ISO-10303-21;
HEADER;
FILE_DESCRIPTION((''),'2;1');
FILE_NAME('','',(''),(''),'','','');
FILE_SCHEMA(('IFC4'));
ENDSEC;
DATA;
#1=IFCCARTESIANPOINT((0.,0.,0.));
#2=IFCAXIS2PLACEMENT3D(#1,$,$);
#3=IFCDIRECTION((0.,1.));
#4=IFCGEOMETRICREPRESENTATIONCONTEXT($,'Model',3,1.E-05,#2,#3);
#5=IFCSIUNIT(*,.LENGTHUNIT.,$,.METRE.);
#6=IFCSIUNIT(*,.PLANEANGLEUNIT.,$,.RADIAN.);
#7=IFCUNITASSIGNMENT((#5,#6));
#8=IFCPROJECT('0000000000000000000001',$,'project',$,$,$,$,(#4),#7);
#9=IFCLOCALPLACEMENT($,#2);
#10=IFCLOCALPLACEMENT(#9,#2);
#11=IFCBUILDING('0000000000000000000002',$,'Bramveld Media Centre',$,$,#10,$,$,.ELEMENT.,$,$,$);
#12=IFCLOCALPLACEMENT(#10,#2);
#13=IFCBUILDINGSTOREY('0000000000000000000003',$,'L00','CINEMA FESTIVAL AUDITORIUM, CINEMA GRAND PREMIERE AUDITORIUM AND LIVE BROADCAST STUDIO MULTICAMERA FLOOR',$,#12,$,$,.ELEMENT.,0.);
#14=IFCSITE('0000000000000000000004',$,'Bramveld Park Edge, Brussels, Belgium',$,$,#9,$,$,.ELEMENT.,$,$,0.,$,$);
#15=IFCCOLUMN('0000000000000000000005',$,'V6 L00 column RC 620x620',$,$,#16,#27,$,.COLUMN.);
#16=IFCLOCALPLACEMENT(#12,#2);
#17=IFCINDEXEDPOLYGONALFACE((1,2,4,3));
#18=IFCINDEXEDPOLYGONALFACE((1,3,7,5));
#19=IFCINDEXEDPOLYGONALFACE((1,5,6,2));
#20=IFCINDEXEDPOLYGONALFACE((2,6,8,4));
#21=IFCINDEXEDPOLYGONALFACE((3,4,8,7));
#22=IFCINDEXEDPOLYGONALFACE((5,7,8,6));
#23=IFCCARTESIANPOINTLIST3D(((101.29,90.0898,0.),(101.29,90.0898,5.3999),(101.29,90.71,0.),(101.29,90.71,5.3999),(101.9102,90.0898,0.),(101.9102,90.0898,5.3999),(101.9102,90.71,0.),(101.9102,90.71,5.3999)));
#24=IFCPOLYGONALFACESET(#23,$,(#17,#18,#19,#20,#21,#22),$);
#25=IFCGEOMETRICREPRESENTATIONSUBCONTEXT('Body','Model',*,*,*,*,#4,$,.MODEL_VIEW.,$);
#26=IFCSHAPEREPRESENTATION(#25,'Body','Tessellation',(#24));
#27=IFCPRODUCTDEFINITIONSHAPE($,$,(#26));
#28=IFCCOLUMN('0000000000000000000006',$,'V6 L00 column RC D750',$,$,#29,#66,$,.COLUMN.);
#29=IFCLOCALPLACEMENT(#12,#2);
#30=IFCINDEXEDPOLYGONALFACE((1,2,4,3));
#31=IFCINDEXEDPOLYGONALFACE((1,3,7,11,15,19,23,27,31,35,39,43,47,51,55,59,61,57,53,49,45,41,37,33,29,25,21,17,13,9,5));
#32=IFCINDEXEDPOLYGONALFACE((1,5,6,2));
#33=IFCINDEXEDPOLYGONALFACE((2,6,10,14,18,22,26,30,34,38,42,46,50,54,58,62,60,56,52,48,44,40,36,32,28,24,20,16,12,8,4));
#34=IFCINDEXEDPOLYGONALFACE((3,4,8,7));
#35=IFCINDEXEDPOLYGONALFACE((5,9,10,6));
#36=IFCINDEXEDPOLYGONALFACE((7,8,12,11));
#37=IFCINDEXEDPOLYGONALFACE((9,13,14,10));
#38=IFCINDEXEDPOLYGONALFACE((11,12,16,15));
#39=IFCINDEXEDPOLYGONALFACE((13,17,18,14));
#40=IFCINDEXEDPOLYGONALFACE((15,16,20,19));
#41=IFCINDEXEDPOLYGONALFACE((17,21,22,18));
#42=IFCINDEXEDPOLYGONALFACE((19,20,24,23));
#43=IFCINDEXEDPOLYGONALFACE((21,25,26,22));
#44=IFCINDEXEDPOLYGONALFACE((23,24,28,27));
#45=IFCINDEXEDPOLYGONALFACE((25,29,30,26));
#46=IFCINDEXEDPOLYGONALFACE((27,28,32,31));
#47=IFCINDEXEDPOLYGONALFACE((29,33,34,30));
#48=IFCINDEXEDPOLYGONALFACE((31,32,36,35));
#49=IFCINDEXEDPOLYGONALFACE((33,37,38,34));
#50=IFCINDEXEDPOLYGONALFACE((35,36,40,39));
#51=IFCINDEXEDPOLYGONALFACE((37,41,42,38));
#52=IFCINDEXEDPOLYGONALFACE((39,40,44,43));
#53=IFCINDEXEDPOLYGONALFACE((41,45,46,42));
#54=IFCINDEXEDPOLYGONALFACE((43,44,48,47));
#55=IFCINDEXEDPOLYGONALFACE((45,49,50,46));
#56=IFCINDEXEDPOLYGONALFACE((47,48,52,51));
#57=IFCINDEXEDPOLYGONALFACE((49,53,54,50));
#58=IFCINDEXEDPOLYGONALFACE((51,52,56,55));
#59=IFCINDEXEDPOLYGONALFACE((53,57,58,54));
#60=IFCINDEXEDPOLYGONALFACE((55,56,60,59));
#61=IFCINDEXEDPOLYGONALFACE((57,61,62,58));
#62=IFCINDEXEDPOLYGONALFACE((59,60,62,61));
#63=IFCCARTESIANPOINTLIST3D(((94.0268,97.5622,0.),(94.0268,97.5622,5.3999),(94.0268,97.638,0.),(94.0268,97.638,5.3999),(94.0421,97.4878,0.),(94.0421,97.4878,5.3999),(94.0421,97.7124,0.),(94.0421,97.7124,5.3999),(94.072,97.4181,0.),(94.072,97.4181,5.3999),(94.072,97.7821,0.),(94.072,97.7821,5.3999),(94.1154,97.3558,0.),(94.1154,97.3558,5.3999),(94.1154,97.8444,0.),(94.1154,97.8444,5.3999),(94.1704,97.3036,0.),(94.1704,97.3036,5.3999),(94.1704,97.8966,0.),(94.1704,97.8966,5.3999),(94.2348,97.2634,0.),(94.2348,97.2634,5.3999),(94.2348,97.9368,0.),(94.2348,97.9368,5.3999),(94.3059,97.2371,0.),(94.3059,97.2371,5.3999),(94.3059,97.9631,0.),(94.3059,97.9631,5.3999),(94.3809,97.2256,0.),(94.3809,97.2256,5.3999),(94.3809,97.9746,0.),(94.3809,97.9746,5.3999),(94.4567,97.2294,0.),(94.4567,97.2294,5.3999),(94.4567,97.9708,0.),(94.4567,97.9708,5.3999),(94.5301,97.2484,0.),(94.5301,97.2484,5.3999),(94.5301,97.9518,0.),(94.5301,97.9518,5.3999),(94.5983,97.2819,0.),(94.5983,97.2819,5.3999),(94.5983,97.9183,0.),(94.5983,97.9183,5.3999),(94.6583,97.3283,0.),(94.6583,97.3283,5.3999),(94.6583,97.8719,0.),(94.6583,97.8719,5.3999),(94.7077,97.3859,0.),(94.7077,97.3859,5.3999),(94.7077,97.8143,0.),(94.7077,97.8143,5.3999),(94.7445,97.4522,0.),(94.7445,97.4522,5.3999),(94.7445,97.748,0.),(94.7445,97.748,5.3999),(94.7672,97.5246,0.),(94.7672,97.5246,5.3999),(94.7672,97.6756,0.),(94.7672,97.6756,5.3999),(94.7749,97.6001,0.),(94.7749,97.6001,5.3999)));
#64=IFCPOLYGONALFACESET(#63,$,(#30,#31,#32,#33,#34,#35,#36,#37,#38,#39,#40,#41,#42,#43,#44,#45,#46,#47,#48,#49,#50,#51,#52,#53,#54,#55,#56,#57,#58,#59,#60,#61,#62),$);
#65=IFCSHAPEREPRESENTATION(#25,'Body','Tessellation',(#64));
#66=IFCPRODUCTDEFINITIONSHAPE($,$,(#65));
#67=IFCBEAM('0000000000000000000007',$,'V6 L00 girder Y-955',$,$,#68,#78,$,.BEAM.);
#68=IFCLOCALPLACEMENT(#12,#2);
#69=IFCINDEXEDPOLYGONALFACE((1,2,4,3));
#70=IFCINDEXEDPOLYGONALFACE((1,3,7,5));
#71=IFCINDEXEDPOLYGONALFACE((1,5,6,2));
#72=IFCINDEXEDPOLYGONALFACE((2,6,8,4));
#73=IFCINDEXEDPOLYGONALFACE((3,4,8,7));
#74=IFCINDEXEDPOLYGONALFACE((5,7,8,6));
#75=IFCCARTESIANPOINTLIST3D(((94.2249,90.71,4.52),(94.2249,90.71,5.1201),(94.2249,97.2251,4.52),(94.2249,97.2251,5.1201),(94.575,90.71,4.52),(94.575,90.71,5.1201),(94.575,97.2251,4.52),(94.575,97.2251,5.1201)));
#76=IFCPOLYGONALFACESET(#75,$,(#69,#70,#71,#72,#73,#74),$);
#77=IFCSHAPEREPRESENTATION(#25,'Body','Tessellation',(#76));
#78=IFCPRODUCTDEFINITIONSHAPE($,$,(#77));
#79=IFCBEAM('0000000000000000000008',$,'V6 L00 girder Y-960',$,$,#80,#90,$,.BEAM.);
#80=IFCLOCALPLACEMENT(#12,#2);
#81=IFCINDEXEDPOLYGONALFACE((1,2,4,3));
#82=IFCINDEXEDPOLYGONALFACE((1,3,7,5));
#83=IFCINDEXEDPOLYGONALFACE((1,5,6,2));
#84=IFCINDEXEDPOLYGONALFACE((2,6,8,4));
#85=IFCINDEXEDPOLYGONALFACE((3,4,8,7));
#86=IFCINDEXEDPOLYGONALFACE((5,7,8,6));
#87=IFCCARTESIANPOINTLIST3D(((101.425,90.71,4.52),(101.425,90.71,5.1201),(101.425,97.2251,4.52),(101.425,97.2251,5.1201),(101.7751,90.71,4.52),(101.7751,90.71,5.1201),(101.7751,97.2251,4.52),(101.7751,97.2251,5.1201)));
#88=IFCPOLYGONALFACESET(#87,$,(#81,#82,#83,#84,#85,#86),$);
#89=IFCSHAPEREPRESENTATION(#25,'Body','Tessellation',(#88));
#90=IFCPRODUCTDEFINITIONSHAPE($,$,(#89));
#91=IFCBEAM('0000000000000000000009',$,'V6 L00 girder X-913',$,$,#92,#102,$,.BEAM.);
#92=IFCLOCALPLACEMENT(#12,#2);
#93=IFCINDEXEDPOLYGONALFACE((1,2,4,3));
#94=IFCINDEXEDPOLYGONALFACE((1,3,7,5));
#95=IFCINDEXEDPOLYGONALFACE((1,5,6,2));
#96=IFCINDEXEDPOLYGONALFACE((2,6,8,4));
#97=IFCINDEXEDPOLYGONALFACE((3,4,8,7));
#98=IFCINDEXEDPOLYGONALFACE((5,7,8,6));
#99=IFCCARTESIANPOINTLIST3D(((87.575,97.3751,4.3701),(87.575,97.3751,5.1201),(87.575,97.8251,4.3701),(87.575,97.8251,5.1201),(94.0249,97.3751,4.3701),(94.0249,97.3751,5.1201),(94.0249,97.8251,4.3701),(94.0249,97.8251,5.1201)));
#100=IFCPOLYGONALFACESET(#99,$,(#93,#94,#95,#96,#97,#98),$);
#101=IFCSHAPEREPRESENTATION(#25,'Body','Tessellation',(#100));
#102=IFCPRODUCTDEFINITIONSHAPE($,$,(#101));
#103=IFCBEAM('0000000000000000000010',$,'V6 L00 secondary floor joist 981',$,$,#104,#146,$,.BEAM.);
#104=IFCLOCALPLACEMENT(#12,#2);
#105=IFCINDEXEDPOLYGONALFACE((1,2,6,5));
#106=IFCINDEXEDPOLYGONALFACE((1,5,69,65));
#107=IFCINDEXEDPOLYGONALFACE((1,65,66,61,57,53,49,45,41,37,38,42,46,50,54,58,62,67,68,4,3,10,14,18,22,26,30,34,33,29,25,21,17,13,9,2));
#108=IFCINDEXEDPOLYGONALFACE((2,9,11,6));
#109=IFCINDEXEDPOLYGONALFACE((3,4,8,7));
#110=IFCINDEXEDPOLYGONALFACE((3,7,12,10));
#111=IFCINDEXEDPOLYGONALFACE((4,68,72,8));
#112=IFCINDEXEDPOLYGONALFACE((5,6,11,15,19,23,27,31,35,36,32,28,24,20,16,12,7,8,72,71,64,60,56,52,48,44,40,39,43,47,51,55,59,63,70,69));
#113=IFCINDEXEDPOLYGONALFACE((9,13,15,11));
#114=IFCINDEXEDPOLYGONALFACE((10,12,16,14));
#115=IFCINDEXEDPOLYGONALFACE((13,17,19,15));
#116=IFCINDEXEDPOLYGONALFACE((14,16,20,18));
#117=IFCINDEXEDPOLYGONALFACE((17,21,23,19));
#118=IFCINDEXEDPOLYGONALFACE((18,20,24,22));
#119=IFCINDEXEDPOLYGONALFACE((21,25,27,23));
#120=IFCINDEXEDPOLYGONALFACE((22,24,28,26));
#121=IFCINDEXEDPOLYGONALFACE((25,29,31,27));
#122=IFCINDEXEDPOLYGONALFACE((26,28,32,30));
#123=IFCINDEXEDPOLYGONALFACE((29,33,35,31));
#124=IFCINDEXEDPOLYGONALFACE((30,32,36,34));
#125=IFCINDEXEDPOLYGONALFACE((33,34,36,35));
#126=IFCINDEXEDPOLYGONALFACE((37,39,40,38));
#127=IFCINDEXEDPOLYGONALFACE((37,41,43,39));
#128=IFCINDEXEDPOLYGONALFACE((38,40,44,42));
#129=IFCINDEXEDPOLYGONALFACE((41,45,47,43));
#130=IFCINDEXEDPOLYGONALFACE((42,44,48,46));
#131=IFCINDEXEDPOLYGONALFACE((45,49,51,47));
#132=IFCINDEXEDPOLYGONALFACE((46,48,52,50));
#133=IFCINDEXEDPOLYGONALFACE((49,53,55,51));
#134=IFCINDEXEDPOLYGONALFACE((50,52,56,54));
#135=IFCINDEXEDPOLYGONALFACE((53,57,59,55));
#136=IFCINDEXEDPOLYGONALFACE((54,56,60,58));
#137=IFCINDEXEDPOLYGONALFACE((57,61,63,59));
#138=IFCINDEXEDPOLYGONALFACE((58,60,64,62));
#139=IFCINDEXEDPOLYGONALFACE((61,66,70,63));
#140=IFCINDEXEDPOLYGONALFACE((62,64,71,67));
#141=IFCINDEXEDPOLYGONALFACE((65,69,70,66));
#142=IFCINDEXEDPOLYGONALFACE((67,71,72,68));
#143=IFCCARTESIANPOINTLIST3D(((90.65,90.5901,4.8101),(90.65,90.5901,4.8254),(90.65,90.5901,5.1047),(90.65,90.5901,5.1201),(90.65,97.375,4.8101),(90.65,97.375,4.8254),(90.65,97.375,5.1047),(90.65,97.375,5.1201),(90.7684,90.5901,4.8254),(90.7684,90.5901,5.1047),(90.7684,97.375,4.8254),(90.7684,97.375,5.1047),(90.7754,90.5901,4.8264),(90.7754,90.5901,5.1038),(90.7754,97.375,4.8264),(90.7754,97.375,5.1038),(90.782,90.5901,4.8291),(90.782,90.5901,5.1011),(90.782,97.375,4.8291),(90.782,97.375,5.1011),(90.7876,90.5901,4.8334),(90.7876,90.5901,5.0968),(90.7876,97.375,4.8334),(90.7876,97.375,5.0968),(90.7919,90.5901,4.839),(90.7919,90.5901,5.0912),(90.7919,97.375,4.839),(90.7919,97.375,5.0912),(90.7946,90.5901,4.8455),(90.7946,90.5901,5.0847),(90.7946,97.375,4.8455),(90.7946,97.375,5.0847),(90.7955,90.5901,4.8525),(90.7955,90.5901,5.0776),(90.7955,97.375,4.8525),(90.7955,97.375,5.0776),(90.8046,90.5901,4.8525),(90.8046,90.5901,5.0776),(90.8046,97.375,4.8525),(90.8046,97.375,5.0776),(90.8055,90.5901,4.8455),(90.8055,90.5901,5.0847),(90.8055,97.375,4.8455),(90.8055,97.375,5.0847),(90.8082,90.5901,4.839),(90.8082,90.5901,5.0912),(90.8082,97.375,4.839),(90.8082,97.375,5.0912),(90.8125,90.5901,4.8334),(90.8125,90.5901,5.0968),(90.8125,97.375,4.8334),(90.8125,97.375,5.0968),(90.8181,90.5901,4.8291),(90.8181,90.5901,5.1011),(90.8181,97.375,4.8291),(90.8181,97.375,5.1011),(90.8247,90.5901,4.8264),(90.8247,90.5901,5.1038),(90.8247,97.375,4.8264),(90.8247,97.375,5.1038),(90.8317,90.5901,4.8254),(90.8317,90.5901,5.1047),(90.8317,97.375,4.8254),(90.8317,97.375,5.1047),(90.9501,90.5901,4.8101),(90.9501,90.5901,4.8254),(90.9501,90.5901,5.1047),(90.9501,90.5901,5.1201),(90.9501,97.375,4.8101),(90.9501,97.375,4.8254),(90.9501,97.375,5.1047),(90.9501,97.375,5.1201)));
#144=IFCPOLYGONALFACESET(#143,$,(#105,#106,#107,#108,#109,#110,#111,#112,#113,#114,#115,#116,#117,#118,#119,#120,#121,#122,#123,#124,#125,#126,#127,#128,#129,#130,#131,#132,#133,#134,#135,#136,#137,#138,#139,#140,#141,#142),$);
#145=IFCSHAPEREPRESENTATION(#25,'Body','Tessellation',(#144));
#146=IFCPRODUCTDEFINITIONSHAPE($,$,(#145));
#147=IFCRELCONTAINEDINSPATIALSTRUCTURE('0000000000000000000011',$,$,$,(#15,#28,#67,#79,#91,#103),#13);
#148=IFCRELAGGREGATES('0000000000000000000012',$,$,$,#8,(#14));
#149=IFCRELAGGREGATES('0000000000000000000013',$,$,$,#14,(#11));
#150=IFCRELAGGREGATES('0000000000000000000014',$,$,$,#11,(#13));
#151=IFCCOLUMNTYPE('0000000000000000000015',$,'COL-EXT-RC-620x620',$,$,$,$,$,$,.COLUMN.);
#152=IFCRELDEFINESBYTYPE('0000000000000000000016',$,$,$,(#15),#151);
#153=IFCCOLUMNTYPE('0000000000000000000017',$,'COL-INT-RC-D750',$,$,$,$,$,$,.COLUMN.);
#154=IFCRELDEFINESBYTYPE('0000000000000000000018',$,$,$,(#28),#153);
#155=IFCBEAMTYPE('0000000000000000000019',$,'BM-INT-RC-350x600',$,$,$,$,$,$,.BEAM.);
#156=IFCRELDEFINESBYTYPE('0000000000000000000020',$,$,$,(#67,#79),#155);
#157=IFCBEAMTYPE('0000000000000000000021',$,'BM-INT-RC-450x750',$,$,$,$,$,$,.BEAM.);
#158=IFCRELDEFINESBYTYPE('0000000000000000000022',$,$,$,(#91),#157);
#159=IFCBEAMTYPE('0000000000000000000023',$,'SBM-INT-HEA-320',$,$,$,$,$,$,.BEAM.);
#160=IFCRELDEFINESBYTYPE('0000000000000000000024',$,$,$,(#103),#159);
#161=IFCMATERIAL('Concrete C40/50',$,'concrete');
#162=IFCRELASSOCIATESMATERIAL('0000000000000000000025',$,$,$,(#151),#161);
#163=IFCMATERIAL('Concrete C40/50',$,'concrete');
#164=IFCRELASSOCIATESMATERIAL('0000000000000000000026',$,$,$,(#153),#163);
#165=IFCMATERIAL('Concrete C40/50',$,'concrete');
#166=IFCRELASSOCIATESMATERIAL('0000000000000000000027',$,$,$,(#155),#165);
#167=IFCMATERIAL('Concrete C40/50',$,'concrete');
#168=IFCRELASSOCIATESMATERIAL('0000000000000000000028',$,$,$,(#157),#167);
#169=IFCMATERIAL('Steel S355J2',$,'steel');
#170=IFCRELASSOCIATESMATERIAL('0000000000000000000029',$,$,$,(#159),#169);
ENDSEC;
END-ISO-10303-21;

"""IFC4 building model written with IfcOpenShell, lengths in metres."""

from ifc_helpers import new_model, si_unit, direction, frame, origin, origin_2d, place, context, subcontext, project, spatial, rectangle, circle, i_section, extrude, material, material_profile, profile_set, type_object, element, save


model = new_model("IFC4")

# Units and contexts
model_context = context("Model", 3, precision=1e-05, world=origin(), true_north=direction((0.0, 1.0)))
body_context = subcontext(model_context, "Body", "Model", "MODEL_VIEW")
ifc_project = project(units=[si_unit("LENGTHUNIT", "METRE"), si_unit("PLANEANGLEUNIT", "RADIAN")], contexts=[model_context])

# Site, building, storey
site_placement = place(None, origin())
site = spatial("IfcSite", under=ifc_project, at=site_placement, Name="Bramveld Park Edge, Brussels, Belgium", CompositionType="ELEMENT", RefElevation=0.0)
building_placement = place(site_placement, origin())
building = spatial("IfcBuilding", under=site, at=building_placement, Name="Bramveld Media Centre", CompositionType="ELEMENT")
storey_placement = place(building_placement, origin())
storey = spatial("IfcBuildingStorey", under=building, at=storey_placement, Name="L00", Description="CINEMA FESTIVAL AUDITORIUM, CINEMA GRAND PREMIERE AUDITORIUM AND LIVE BROADCAST STUDIO MULTICAMERA FLOOR", CompositionType="ELEMENT", Elevation=0.0)

# Columns
ifc_material_1 = material(Name="Concrete C40/50", Category="concrete")
ifc_material_profile_1 = material_profile(ifc_material_1, rectangle(XDim=0.6201, YDim=0.6201, at=origin_2d()), Name="RC 620x620")
ifc_profile_set_1 = profile_set([ifc_material_profile_1], Name="Concrete C40/50")
column_type_1 = type_object("IfcColumnType", Name="COL-EXT-RC-620x620", PredefinedType="COLUMN", material=ifc_profile_set_1)
for number, where, z_axis, x_axis, name in (
    (1, (101.6001, 90.3999, 0.0), (0.0, 0.0, 1.0), (1.0, 0.0, 0.0), "V6 L00 column RC 620x620"),
):
    element("IfcColumn", number, at=place(storey_placement, frame(where, z_axis=z_axis, x_axis=x_axis)), inside=storey, type_object=column_type_1, Name=name, PredefinedType="COLUMN", context=body_context, shape_type="SweptSolid", body=[
        extrude(rectangle(XDim=0.6201, YDim=0.6201, at=origin_2d()), origin(), (0.0, 0.0, 1.0), 5.3999),
    ])
ifc_material_2 = material(Name="Concrete C40/50", Category="concrete")
ifc_material_profile_2 = material_profile(ifc_material_2, circle(Radius=0.375, at=origin_2d()), Name="RC D750")
ifc_profile_set_2 = profile_set([ifc_material_profile_2], Name="Concrete C40/50")
column_type_2 = type_object("IfcColumnType", Name="COL-INT-RC-D750", PredefinedType="COLUMN", material=ifc_profile_set_2)
column_placement = place(storey_placement, frame((94.3999, 97.6001, 0.0), z_axis=(0.0, 0.0, 1.0), x_axis=(1.0, 0.0, 0.0)))
element("IfcColumn", 2, at=column_placement, inside=storey, type_object=column_type_2, Name="V6 L00 column RC D750", PredefinedType="COLUMN", context=body_context, shape_type="SweptSolid", body=[
    extrude(circle(Radius=0.375, at=origin_2d()), origin(), (0.0, 0.0, 1.0), 5.3999),
])

# Beams
ifc_material_3 = material(Name="Concrete C40/50", Category="concrete")
ifc_material_profile_3 = material_profile(ifc_material_3, rectangle(XDim=0.3501, YDim=0.6001, at=origin_2d()), Name="RC 350x600")
ifc_profile_set_3 = profile_set([ifc_material_profile_3], Name="Concrete C40/50")
beam_type_1 = type_object("IfcBeamType", Name="BM-INT-RC-350x600", PredefinedType="BEAM", material=ifc_profile_set_3)
for number, where, z_axis, x_axis, name in (
    (3, (94.3999, 90.71, 4.8201), (0.0, 1.0, 0.0), (-1.0, 0.0, 0.0), "V6 L00 girder Y-955"),
    (4, (101.6001, 90.71, 4.8201), (0.0, 1.0, 0.0), (-1.0, 0.0, 0.0), "V6 L00 girder Y-960"),
):
    element("IfcBeam", number, at=place(storey_placement, frame(where, z_axis=z_axis, x_axis=x_axis)), inside=storey, type_object=beam_type_1, Name=name, PredefinedType="BEAM", context=body_context, shape_type="SweptSolid", body=[
        extrude(rectangle(XDim=0.3501, YDim=0.6001, at=origin_2d()), origin(), (0.0, 0.0, 1.0), 6.5151),
    ])
ifc_material_4 = material(Name="Concrete C40/50", Category="concrete")
ifc_material_profile_4 = material_profile(ifc_material_4, rectangle(XDim=0.45, YDim=0.75, at=origin_2d()), Name="RC 450x750")
ifc_profile_set_4 = profile_set([ifc_material_profile_4], Name="Concrete C40/50")
beam_type_2 = type_object("IfcBeamType", Name="BM-INT-RC-450x750", PredefinedType="BEAM", material=ifc_profile_set_4)
beam_1_placement = place(storey_placement, frame((87.575, 97.6001, 4.7451), z_axis=(1.0, 0.0, 0.0), x_axis=(0.0, 1.0, 0.0)))
element("IfcBeam", 5, at=beam_1_placement, inside=storey, type_object=beam_type_2, Name="V6 L00 girder X-913", PredefinedType="BEAM", context=body_context, shape_type="SweptSolid", body=[
    extrude(rectangle(XDim=0.45, YDim=0.75, at=origin_2d()), origin(), (0.0, 0.0, 1.0), 6.45),
])
ifc_material_5 = material(Name="Steel S355J2", Category="steel")
ifc_material_profile_5 = material_profile(ifc_material_5, i_section(OverallWidth=0.3, OverallDepth=0.3101, WebThickness=0.009, FlangeThickness=0.0154, FilletRadius=0.0271, at=origin_2d()), Name="HEA 320")
ifc_profile_set_5 = profile_set([ifc_material_profile_5], Name="Steel S355J2")
beam_type_3 = type_object("IfcBeamType", Name="SBM-INT-HEA-320", PredefinedType="BEAM", material=ifc_profile_set_5)
beam_2_placement = place(storey_placement, frame((90.8, 90.5901, 4.9651), z_axis=(0.0, 1.0, 0.0), x_axis=(-1.0, 0.0, 0.0)))
element("IfcBeam", 6, at=beam_2_placement, inside=storey, type_object=beam_type_3, Name="V6 L00 secondary floor joist 981", PredefinedType="BEAM", context=body_context, shape_type="SweptSolid", body=[
    extrude(i_section(OverallWidth=0.3, OverallDepth=0.3101, WebThickness=0.009, FlangeThickness=0.0154, FilletRadius=0.0271, at=origin_2d()), origin(), (0.0, 0.0, 1.0), 6.7849),
])

save(model, "model.ifc")
